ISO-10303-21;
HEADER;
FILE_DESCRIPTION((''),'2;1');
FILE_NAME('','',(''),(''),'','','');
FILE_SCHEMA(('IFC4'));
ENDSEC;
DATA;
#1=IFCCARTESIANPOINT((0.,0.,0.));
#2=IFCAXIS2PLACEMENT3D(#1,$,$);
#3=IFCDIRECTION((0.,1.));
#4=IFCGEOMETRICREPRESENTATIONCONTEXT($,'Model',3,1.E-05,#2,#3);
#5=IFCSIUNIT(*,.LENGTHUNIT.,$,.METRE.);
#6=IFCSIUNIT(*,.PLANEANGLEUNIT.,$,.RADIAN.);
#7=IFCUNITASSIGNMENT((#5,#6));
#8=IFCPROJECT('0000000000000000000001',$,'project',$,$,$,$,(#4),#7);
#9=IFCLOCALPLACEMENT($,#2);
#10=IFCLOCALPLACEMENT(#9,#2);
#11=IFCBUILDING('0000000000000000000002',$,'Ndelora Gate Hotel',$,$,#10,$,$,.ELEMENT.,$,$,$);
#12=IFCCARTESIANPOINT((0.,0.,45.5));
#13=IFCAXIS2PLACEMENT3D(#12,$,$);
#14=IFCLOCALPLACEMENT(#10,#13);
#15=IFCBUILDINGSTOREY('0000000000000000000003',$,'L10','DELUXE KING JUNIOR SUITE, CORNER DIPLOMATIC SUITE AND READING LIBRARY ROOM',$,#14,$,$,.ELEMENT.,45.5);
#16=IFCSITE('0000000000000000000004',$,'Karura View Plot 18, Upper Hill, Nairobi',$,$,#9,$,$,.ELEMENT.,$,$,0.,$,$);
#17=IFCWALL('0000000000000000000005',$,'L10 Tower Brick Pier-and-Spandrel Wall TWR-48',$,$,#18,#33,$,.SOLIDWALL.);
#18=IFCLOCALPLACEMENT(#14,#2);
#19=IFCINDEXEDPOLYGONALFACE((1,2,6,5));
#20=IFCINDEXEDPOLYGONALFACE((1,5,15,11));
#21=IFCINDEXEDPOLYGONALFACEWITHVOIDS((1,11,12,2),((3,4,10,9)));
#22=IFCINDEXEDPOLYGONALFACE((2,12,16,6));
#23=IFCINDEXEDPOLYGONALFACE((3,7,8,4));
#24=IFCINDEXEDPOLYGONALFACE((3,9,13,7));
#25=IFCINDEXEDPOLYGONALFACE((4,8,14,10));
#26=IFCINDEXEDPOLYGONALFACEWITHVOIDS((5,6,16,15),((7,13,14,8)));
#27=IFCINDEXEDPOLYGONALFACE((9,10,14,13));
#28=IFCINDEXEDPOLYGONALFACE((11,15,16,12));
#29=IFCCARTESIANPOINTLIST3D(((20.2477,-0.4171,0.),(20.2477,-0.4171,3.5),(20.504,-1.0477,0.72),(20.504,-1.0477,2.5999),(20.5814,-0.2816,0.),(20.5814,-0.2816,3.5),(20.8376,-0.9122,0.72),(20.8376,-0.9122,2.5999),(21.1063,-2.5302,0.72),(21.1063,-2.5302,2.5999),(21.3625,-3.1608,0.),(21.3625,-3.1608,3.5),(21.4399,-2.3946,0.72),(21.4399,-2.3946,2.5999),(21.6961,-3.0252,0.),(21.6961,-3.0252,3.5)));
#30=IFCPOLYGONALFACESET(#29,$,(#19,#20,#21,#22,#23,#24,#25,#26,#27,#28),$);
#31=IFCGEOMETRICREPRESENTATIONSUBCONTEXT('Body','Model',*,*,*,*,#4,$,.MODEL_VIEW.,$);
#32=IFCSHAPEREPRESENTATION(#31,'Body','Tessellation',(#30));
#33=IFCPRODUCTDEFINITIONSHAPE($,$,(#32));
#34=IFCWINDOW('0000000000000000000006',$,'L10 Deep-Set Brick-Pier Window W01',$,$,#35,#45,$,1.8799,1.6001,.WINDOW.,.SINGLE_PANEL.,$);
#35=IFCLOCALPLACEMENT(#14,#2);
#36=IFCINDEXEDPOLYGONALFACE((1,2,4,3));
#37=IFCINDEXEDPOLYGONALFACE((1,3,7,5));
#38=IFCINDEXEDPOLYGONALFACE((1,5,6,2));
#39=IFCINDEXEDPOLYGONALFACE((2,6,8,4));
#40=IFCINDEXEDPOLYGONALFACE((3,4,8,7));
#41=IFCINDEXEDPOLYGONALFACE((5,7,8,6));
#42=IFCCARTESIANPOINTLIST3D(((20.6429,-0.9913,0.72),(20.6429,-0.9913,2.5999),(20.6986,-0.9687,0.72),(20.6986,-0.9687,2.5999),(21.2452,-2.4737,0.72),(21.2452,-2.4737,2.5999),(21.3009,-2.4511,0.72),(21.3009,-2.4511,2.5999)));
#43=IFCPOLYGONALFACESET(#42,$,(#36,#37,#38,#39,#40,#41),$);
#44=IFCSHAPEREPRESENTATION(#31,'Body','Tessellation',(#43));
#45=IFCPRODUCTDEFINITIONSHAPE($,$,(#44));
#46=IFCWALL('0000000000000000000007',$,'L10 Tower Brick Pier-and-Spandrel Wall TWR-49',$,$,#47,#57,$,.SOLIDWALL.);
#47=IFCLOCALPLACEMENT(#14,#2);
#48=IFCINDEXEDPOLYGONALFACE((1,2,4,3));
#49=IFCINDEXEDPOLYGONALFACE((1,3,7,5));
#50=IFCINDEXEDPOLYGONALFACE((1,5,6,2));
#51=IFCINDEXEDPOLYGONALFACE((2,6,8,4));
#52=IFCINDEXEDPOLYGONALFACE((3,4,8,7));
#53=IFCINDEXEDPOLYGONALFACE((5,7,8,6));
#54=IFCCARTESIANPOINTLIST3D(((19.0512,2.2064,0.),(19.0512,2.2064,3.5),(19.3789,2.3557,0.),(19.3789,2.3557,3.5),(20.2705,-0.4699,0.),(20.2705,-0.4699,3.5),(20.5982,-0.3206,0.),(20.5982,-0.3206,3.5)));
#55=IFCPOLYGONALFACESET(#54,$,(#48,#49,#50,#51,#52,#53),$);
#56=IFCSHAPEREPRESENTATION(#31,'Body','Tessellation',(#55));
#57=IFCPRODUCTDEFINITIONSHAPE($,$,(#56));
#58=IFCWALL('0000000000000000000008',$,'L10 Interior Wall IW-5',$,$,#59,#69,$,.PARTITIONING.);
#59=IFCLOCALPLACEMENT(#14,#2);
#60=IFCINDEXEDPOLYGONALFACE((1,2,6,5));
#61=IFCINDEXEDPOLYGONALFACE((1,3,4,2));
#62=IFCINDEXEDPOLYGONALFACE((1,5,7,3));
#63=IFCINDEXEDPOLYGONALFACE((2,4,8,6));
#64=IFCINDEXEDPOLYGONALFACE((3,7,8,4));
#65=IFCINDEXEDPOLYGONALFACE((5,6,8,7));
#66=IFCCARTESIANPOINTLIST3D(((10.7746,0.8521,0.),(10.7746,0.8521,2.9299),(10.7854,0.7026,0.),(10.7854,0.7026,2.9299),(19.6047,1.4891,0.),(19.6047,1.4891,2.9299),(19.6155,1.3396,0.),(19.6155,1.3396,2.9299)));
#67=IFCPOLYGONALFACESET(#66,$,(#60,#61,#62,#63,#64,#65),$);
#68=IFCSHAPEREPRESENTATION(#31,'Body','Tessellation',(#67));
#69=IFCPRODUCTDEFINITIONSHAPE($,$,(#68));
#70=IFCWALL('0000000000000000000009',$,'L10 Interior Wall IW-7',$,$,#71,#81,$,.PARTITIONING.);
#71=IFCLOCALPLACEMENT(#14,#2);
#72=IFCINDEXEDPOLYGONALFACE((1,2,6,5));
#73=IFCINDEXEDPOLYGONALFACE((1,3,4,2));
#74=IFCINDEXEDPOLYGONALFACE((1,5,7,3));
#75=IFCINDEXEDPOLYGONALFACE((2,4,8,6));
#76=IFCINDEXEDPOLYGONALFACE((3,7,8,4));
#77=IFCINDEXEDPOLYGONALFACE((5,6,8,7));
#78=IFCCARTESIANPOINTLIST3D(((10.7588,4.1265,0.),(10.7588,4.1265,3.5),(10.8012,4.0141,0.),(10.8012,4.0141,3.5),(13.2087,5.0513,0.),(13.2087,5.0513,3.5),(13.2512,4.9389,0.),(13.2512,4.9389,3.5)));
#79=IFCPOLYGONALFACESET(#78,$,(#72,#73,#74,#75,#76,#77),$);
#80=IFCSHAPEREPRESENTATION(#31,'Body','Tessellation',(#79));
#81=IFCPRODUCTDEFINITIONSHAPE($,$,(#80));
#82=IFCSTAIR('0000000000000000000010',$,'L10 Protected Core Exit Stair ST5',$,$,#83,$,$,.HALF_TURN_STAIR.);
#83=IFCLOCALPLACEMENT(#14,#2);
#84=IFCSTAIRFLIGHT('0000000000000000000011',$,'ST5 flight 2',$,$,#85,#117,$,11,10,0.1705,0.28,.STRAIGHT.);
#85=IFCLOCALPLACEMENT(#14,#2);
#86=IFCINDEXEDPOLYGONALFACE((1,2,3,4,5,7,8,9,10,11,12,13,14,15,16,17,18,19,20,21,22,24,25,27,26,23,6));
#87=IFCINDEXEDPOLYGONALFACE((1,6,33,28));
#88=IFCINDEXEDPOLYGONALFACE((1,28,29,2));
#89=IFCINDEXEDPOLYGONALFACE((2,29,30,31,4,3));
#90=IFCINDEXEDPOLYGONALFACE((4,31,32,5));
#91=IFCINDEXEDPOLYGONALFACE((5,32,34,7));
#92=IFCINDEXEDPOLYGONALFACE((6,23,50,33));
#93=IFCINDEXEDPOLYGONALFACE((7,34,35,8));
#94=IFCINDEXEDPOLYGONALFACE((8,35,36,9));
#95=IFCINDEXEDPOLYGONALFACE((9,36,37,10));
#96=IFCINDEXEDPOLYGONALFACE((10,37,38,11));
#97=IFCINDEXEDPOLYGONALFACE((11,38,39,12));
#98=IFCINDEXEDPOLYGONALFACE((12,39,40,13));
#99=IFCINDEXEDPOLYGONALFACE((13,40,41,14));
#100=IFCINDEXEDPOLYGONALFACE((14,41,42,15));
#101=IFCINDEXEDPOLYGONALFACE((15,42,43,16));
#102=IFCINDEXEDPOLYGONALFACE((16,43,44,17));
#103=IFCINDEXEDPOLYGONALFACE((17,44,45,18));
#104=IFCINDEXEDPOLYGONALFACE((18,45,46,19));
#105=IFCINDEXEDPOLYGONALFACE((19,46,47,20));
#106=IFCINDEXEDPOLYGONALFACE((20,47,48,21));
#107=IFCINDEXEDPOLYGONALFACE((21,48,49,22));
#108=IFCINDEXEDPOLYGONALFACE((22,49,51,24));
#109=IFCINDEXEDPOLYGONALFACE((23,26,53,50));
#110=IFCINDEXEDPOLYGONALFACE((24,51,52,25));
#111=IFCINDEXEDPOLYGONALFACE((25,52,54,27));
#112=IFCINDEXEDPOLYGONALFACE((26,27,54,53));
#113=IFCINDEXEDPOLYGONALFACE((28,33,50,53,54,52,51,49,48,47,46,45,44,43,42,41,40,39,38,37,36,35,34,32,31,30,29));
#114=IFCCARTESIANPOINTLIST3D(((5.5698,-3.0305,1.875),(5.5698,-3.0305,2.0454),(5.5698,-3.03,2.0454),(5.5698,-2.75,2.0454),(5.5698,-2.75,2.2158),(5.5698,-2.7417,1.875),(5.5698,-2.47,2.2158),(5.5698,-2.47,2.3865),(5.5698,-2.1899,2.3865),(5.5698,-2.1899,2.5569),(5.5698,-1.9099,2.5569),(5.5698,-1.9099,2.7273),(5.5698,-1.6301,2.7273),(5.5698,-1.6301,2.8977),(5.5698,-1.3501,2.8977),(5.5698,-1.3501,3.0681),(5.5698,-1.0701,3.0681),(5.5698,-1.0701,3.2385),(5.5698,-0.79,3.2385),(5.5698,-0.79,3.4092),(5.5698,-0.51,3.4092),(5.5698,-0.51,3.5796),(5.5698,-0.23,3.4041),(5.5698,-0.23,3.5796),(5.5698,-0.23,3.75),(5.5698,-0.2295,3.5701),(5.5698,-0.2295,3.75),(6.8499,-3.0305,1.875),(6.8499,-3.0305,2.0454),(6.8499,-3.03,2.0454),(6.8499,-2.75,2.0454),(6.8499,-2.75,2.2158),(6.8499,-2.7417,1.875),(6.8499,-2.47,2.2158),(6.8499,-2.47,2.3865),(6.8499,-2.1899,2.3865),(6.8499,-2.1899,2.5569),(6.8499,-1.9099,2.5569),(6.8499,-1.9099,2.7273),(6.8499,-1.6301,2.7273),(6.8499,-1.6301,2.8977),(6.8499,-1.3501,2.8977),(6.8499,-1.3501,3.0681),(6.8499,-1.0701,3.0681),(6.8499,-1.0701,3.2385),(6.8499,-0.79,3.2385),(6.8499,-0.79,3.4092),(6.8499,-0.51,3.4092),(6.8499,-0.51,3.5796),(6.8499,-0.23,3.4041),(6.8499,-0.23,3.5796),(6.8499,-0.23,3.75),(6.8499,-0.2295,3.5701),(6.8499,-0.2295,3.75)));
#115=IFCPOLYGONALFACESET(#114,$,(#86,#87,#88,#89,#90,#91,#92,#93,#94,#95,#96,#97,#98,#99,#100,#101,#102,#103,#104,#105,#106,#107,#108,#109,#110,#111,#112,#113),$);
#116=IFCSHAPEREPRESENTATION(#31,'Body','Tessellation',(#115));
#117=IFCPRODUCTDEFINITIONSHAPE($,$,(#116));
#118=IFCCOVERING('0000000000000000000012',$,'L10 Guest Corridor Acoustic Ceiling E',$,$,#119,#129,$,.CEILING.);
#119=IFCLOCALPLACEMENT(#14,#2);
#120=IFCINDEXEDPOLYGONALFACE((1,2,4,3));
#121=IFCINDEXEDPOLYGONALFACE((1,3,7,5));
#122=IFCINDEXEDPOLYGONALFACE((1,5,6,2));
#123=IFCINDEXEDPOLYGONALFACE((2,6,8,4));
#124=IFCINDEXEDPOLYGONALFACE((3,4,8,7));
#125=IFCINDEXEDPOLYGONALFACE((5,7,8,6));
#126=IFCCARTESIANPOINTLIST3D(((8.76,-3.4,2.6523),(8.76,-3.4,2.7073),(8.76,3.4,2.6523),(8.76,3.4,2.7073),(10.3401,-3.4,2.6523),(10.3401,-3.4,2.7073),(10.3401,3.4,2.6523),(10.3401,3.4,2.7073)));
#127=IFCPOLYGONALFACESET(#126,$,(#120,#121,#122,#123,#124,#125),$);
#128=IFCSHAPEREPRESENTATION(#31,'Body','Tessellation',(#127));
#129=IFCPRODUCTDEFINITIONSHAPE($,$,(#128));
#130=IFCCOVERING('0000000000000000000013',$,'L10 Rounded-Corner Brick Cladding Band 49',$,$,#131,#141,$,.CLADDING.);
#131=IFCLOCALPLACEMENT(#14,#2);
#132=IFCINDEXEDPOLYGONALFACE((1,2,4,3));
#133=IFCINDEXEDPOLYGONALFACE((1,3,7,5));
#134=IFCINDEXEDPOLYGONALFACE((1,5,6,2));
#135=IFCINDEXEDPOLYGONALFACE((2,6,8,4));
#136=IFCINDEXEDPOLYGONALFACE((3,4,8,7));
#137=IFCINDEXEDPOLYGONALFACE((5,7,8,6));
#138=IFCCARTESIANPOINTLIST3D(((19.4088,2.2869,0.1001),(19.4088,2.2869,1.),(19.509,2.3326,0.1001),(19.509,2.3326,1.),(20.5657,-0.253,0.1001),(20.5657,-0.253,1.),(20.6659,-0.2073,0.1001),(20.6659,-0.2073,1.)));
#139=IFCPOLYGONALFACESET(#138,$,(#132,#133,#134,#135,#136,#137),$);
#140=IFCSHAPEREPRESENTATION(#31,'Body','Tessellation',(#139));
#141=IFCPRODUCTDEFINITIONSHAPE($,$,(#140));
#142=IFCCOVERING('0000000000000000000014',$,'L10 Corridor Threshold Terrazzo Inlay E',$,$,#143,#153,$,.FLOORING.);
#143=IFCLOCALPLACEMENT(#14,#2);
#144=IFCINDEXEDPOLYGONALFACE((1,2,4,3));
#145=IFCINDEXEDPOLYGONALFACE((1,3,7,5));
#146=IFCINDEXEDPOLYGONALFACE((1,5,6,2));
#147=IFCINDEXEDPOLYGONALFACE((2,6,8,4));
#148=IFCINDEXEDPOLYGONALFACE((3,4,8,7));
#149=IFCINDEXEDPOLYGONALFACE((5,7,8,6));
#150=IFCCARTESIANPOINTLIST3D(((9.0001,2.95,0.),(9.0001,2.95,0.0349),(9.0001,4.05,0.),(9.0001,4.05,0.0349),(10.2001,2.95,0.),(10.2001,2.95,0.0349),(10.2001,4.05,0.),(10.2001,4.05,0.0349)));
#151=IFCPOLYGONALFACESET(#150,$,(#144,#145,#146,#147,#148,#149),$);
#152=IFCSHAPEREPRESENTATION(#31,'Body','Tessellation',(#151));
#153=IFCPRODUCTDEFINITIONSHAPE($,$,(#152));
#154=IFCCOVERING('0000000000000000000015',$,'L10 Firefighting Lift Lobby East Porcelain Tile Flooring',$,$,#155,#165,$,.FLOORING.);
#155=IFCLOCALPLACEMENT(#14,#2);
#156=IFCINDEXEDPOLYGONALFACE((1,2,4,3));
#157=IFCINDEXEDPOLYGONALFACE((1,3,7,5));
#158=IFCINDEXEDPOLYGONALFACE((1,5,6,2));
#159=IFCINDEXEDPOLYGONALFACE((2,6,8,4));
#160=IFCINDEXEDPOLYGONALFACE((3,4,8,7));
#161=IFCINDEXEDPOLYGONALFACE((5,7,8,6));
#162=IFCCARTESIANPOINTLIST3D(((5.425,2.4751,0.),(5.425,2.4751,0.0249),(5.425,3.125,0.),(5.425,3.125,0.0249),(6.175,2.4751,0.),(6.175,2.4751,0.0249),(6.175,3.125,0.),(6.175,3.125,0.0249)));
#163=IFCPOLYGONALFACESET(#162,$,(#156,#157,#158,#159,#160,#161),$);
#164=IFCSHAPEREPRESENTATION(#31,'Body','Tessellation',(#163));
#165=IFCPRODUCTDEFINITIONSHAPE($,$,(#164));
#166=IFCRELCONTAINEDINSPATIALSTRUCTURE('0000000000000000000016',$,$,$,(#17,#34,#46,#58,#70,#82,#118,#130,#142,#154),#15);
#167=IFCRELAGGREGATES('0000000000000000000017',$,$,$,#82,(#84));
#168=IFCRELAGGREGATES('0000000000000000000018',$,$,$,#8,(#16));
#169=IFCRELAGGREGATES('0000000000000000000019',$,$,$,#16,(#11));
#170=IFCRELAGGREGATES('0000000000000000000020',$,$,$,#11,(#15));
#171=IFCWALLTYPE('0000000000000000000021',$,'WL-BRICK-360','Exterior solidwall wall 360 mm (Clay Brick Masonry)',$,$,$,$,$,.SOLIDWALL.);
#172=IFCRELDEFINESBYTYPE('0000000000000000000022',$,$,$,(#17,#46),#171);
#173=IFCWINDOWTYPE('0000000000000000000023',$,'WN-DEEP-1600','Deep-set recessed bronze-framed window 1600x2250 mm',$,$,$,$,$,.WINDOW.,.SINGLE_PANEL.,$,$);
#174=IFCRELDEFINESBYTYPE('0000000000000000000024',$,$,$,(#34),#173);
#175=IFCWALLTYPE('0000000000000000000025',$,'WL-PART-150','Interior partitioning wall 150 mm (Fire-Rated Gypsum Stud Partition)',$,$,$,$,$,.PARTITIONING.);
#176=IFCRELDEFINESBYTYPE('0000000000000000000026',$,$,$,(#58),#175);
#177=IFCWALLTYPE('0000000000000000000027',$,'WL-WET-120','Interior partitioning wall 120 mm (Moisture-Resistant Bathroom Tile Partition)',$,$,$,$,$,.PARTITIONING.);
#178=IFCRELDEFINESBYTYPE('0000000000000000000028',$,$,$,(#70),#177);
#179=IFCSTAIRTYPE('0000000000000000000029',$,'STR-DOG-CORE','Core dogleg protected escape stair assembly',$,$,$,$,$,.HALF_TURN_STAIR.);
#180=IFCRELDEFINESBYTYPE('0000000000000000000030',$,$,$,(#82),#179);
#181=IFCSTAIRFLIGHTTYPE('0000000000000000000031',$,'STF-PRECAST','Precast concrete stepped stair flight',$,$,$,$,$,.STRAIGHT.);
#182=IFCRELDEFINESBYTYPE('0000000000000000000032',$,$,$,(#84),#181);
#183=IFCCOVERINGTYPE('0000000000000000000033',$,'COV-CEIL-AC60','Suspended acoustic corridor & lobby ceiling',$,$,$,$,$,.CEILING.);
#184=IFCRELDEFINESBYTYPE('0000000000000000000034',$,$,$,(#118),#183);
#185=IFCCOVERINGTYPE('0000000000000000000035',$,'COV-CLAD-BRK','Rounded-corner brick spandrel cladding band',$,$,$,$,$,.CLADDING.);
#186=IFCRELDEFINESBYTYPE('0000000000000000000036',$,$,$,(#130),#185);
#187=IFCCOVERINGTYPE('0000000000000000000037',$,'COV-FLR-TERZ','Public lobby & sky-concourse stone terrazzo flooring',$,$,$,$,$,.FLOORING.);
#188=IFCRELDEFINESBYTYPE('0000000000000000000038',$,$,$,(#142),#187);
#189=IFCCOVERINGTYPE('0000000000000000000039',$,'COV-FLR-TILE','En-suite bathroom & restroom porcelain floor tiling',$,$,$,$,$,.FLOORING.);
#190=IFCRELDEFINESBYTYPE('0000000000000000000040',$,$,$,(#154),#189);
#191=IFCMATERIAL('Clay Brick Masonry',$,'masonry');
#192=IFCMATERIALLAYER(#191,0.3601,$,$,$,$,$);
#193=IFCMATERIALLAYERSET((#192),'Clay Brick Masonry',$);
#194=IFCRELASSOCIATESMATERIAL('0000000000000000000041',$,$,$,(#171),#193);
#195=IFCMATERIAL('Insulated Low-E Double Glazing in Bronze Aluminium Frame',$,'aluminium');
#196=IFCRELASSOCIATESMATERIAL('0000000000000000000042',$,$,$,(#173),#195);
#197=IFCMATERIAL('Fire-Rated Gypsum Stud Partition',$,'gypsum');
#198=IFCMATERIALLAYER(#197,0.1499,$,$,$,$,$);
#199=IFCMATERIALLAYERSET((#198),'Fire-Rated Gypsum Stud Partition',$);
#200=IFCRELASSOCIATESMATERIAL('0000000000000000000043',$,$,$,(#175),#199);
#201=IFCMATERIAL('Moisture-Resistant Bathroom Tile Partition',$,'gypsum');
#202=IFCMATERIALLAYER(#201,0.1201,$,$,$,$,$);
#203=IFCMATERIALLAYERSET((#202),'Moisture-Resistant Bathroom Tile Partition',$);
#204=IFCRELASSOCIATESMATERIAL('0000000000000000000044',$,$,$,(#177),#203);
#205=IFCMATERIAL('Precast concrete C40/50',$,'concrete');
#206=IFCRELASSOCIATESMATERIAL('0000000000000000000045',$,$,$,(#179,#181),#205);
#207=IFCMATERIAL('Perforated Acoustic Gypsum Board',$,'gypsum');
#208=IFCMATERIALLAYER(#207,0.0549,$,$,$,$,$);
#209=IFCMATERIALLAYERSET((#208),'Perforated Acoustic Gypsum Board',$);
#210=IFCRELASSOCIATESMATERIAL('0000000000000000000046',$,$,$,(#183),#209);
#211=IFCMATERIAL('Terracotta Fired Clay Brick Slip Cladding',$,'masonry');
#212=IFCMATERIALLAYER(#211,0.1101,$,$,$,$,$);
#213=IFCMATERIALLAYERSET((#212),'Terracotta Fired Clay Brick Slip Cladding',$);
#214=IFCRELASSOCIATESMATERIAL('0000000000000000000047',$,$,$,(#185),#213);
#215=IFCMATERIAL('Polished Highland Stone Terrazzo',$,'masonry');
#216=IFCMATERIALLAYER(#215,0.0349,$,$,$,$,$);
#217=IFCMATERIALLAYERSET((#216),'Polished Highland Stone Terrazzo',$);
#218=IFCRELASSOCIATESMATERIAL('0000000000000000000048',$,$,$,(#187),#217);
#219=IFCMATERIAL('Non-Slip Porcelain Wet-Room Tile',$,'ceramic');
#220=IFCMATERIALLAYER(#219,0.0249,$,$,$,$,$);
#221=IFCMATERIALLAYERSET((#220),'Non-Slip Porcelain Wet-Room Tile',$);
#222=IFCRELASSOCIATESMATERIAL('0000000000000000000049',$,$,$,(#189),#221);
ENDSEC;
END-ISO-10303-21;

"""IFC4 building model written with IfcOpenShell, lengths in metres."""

from ifc_helpers import new_model, si_unit, direction, frame, frame_2d, origin, origin_2d, place, context, subcontext, project, spatial, polyline, rectangle, outline, extrude, material, layer, layer_set, type_object, element, fill, aggregate, save


model = new_model("IFC4")

# Units and contexts
model_context = context("Model", 3, precision=1e-05, world=origin(), true_north=direction((0.0, 1.0)))
body_context = subcontext(model_context, "Body", "Model", "MODEL_VIEW")
ifc_project = project(units=[si_unit("LENGTHUNIT", "METRE"), si_unit("PLANEANGLEUNIT", "RADIAN")], contexts=[model_context])

# Site, building, storey
site_placement = place(None, origin())
site = spatial("IfcSite", under=ifc_project, at=site_placement, Name="Karura View Plot 18, Upper Hill, Nairobi", CompositionType="ELEMENT", RefElevation=0.0)
building_placement = place(site_placement, origin())
building = spatial("IfcBuilding", under=site, at=building_placement, Name="Ndelora Gate Hotel", CompositionType="ELEMENT")
storey_placement = place(building_placement, frame((0.0, 0.0, 45.5)))
storey = spatial("IfcBuildingStorey", under=building, at=storey_placement, Name="L10", Description="DELUXE KING JUNIOR SUITE, CORNER DIPLOMATIC SUITE AND READING LIBRARY ROOM", CompositionType="ELEMENT", Elevation=45.5)

# Wall, opening, window
ifc_material_1 = material(Name="Clay Brick Masonry", Category="masonry")
ifc_layer_1 = layer(ifc_material_1, 0.3601)
ifc_layer_set_1 = layer_set([ifc_layer_1], Name="Clay Brick Masonry")
wall_type_1 = type_object("IfcWallType", Name="WL-BRICK-360", Description="Exterior solidwall wall 360 mm (Clay Brick Masonry)", PredefinedType="SOLIDWALL", material=ifc_layer_set_1)
wall_1_placement = place(storey_placement, frame((20.4146, -0.3494, 0.0), z_axis=(0.0, 0.0, 1.0), x_axis=(0.376417, -0.92645, 0.0)))
wall_1 = element("IfcWall", 1, at=wall_1_placement, inside=storey, type_object=wall_type_1, Name="L10 Tower Brick Pier-and-Spandrel Wall TWR-48", PredefinedType="SOLIDWALL", context=body_context, shape_type="SweptSolid", body=[
    extrude(rectangle(XDim=2.9614, YDim=0.3601, at=frame_2d((1.4807, 0.0))), origin(), (0.0, 0.0, 1.0), 3.5),
])
opening_1_placement = place(wall_1_placement, frame((0.6807, 0.0, 0.72)))
opening_1 = element("IfcOpeningElement", 2, at=opening_1_placement, cuts=wall_1, PredefinedType="OPENING", context=body_context, shape_type="SweptSolid", body=[
    extrude(rectangle(XDim=1.6001, YDim=1.8799, at=frame_2d((0.8, 0.9399))), frame((0.0, 0.1899, 0.0), z_axis=(0.0, -1.0, 0.0), x_axis=(1.0, 0.0, 0.0)), (0.0, 0.0, 1.0), 0.3801),
])
ifc_material_2 = material(Name="Insulated Low-E Double Glazing in Bronze Aluminium Frame", Category="aluminium")
window_type = type_object("IfcWindowType", Name="WN-DEEP-1600", Description="Deep-set recessed bronze-framed window 1600x2250 mm", PartitioningType="SINGLE_PANEL", PredefinedType="WINDOW", material=ifc_material_2)
window_placement = place(opening_1_placement, origin())
window = element("IfcWindow", 3, at=window_placement, inside=storey, type_object=window_type, Name="L10 Deep-Set Brick-Pier Window W01", OverallHeight=1.8799, OverallWidth=1.6001, PartitioningType="SINGLE_PANEL", PredefinedType="WINDOW", context=body_context, shape_type="SweptSolid", body=[
    extrude(rectangle(XDim=1.6001, YDim=1.8799, at=frame_2d((0.8, 0.9399))), frame((0.0, 0.03, 0.0), z_axis=(0.0, -1.0, 0.0), x_axis=(1.0, 0.0, 0.0)), (0.0, 0.0, 1.0), 0.0601),
])
fill(opening_1, window)

# Wall
wall_2_placement = place(storey_placement, frame((19.2151, 2.281, 0.0), z_axis=(0.0, 0.0, 1.0), x_axis=(0.414578, -0.910014, 0.0)))
element("IfcWall", 4, at=wall_2_placement, inside=storey, type_object=wall_type_1, Name="L10 Tower Brick Pier-and-Spandrel Wall TWR-49", PredefinedType="SOLIDWALL", context=body_context, shape_type="SweptSolid", body=[
    extrude(rectangle(XDim=2.9409, YDim=0.3601, at=frame_2d((1.4705, 0.0))), origin(), (0.0, 0.0, 1.0), 3.5),
])

# Walls
ifc_material_3 = material(Name="Fire-Rated Gypsum Stud Partition", Category="gypsum")
ifc_layer_2 = layer(ifc_material_3, 0.1499)
ifc_layer_set_2 = layer_set([ifc_layer_2], Name="Fire-Rated Gypsum Stud Partition")
wall_type_2 = type_object("IfcWallType", Name="WL-PART-150", Description="Interior partitioning wall 150 mm (Fire-Rated Gypsum Stud Partition)", PredefinedType="PARTITIONING", material=ifc_layer_set_2)
wall_3_placement = place(storey_placement, frame((10.78, 0.7773, 0.0), z_axis=(0.0, 0.0, 1.0), x_axis=(0.997408, 0.071949, 0.0)))
element("IfcWall", 5, at=wall_3_placement, inside=storey, type_object=wall_type_2, Name="L10 Interior Wall IW-5", PredefinedType="PARTITIONING", context=body_context, shape_type="SweptSolid", body=[
    extrude(rectangle(XDim=8.853, YDim=0.1499, at=frame_2d((4.4265, 0.0))), origin(), (0.0, 0.0, 1.0), 2.9299),
])
ifc_material_4 = material(Name="Moisture-Resistant Bathroom Tile Partition", Category="gypsum")
ifc_layer_3 = layer(ifc_material_4, 0.1201)
ifc_layer_set_3 = layer_set([ifc_layer_3], Name="Moisture-Resistant Bathroom Tile Partition")
wall_type_3 = type_object("IfcWallType", Name="WL-WET-120", Description="Interior partitioning wall 120 mm (Moisture-Resistant Bathroom Tile Partition)", PredefinedType="PARTITIONING", material=ifc_layer_set_3)
wall_4_placement = place(storey_placement, frame((10.78, 4.0703, 0.0), z_axis=(0.0, 0.0, 1.0), x_axis=(0.935565, 0.353156, 0.0)))
element("IfcWall", 6, at=wall_4_placement, inside=storey, type_object=wall_type_3, Name="L10 Interior Wall IW-7", PredefinedType="PARTITIONING", context=body_context, shape_type="SweptSolid", body=[
    extrude(rectangle(XDim=2.6187, YDim=0.1201, at=frame_2d((1.3093, 0.0))), origin(), (0.0, 0.0, 1.0), 3.5),
])

# Stair, stair flight
ifc_material_5 = material(Name="Precast concrete C40/50", Category="concrete")
stair_type = type_object("IfcStairType", Name="STR-DOG-CORE", Description="Core dogleg protected escape stair assembly", PredefinedType="HALF_TURN_STAIR", material=ifc_material_5)
stair_placement = place(storey_placement, origin())
stair = element("IfcStair", 7, at=stair_placement, inside=storey, type_object=stair_type, Name="L10 Protected Core Exit Stair ST5", PredefinedType="HALF_TURN_STAIR")
stair_flight_type = type_object("IfcStairFlightType", Name="STF-PRECAST", Description="Precast concrete stepped stair flight", PredefinedType="STRAIGHT", material=ifc_material_5)
stair_flight_placement = place(storey_placement, frame((6.21, -3.03, 1.875), z_axis=(0.0, 0.0, 1.0), x_axis=(0.0, 1.0, 0.0)))
stair_flight = element("IfcStairFlight", 8, at=stair_flight_placement, type_object=stair_flight_type, Name="ST5 flight 2", NumberOfRisers=11, NumberOfTreads=10, PredefinedType="STRAIGHT", RiserHeight=0.1705, TreadLength=0.28, context=body_context, shape_type="SweptSolid", body=[
    extrude(outline(polyline([(-0.0005, 0.0), (-0.0005, 0.1704), (0.0, 0.1704), (0.28, 0.1704), (0.28, 0.3408), (0.5601, 0.3408), (0.5601, 0.5115), (0.8401, 0.5115), (0.8401, 0.6819), (1.1201, 0.6819), (1.1201, 0.8523), (1.3999, 0.8523), (1.3999, 1.0227), (1.6799, 1.0227), (1.6799, 1.1931), (1.96, 1.1931), (1.96, 1.3635), (2.24, 1.3635), (2.24, 1.5342), (2.52, 1.5342), (2.52, 1.7046), (2.8, 1.7046), (2.8, 1.875), (2.8005, 1.875), (2.8005, 1.6951), (2.8, 1.5291), (0.2883, 0.0), (-0.0005, 0.0)])), frame((0.0, 0.6401, 0.0), z_axis=(0.0, -1.0, 0.0), x_axis=(1.0, 0.0, 0.0)), (0.0, 0.0, 1.0), 1.28),
])
aggregate(stair, [stair_flight])

# Coverings
ifc_material_6 = material(Name="Perforated Acoustic Gypsum Board", Category="gypsum")
ifc_layer_4 = layer(ifc_material_6, 0.0549)
ifc_layer_set_4 = layer_set([ifc_layer_4], Name="Perforated Acoustic Gypsum Board")
covering_type_1 = type_object("IfcCoveringType", Name="COV-CEIL-AC60", Description="Suspended acoustic corridor & lobby ceiling", PredefinedType="CEILING", material=ifc_layer_set_4)
covering_1_placement = place(storey_placement, frame((9.55, 0.0, 2.6523), z_axis=(0.0, 0.0, 1.0), x_axis=(1.0, 0.0, 0.0)))
element("IfcCovering", 9, at=covering_1_placement, inside=storey, type_object=covering_type_1, Name="L10 Guest Corridor Acoustic Ceiling E", PredefinedType="CEILING", context=body_context, shape_type="SweptSolid", body=[
    extrude(rectangle(XDim=1.5801, YDim=6.8, at=origin_2d()), origin(), (0.0, 0.0, 1.0), 0.0549),
])
ifc_material_7 = material(Name="Terracotta Fired Clay Brick Slip Cladding", Category="masonry")
ifc_layer_5 = layer(ifc_material_7, 0.1101)
ifc_layer_set_5 = layer_set([ifc_layer_5], Name="Terracotta Fired Clay Brick Slip Cladding")
covering_type_2 = type_object("IfcCoveringType", Name="COV-CLAD-BRK", Description="Rounded-corner brick spandrel cladding band", PredefinedType="CLADDING", material=ifc_layer_set_5)
covering_2_placement = place(storey_placement, frame((20.0374, 1.0398, 0.1001), z_axis=(0.0, 0.0, 1.0), x_axis=(-0.414534, 0.910034, 0.0)))
element("IfcCovering", 10, at=covering_2_placement, inside=storey, type_object=covering_type_2, Name="L10 Rounded-Corner Brick Cladding Band 49", PredefinedType="CLADDING", context=body_context, shape_type="SweptSolid", body=[
    extrude(rectangle(XDim=2.791, YDim=0.1101, at=origin_2d()), origin(), (0.0, 0.0, 1.0), 0.8999),
])
ifc_material_8 = material(Name="Polished Highland Stone Terrazzo", Category="masonry")
ifc_layer_6 = layer(ifc_material_8, 0.0349)
ifc_layer_set_6 = layer_set([ifc_layer_6], Name="Polished Highland Stone Terrazzo")
covering_type_3 = type_object("IfcCoveringType", Name="COV-FLR-TERZ", Description="Public lobby & sky-concourse stone terrazzo flooring", PredefinedType="FLOORING", material=ifc_layer_set_6)
covering_3_placement = place(storey_placement, frame((9.6001, 3.5, 0.0), z_axis=(0.0, 0.0, 1.0), x_axis=(1.0, 0.0, 0.0)))
element("IfcCovering", 11, at=covering_3_placement, inside=storey, type_object=covering_type_3, Name="L10 Corridor Threshold Terrazzo Inlay E", PredefinedType="FLOORING", context=body_context, shape_type="SweptSolid", body=[
    extrude(rectangle(XDim=1.2, YDim=1.1001, at=origin_2d()), origin(), (0.0, 0.0, 1.0), 0.0349),
])
ifc_material_9 = material(Name="Non-Slip Porcelain Wet-Room Tile", Category="ceramic")
ifc_layer_7 = layer(ifc_material_9, 0.0249)
ifc_layer_set_7 = layer_set([ifc_layer_7], Name="Non-Slip Porcelain Wet-Room Tile")
covering_type_4 = type_object("IfcCoveringType", Name="COV-FLR-TILE", Description="En-suite bathroom & restroom porcelain floor tiling", PredefinedType="FLOORING", material=ifc_layer_set_7)
for number, where, z_axis, x_axis, name in (
    (12, (5.8, 2.8, 0.0), (0.0, 0.0, 1.0), (1.0, 0.0, 0.0), "L10 Firefighting Lift Lobby East Porcelain Tile Flooring"),
):
    element("IfcCovering", number, at=place(storey_placement, frame(where, z_axis=z_axis, x_axis=x_axis)), inside=storey, type_object=covering_type_4, Name=name, PredefinedType="FLOORING", context=body_context, shape_type="SweptSolid", body=[
        extrude(rectangle(XDim=0.75, YDim=0.6499, at=origin_2d()), origin(), (0.0, 0.0, 1.0), 0.0249),
    ])

save(model, "model.ifc")
